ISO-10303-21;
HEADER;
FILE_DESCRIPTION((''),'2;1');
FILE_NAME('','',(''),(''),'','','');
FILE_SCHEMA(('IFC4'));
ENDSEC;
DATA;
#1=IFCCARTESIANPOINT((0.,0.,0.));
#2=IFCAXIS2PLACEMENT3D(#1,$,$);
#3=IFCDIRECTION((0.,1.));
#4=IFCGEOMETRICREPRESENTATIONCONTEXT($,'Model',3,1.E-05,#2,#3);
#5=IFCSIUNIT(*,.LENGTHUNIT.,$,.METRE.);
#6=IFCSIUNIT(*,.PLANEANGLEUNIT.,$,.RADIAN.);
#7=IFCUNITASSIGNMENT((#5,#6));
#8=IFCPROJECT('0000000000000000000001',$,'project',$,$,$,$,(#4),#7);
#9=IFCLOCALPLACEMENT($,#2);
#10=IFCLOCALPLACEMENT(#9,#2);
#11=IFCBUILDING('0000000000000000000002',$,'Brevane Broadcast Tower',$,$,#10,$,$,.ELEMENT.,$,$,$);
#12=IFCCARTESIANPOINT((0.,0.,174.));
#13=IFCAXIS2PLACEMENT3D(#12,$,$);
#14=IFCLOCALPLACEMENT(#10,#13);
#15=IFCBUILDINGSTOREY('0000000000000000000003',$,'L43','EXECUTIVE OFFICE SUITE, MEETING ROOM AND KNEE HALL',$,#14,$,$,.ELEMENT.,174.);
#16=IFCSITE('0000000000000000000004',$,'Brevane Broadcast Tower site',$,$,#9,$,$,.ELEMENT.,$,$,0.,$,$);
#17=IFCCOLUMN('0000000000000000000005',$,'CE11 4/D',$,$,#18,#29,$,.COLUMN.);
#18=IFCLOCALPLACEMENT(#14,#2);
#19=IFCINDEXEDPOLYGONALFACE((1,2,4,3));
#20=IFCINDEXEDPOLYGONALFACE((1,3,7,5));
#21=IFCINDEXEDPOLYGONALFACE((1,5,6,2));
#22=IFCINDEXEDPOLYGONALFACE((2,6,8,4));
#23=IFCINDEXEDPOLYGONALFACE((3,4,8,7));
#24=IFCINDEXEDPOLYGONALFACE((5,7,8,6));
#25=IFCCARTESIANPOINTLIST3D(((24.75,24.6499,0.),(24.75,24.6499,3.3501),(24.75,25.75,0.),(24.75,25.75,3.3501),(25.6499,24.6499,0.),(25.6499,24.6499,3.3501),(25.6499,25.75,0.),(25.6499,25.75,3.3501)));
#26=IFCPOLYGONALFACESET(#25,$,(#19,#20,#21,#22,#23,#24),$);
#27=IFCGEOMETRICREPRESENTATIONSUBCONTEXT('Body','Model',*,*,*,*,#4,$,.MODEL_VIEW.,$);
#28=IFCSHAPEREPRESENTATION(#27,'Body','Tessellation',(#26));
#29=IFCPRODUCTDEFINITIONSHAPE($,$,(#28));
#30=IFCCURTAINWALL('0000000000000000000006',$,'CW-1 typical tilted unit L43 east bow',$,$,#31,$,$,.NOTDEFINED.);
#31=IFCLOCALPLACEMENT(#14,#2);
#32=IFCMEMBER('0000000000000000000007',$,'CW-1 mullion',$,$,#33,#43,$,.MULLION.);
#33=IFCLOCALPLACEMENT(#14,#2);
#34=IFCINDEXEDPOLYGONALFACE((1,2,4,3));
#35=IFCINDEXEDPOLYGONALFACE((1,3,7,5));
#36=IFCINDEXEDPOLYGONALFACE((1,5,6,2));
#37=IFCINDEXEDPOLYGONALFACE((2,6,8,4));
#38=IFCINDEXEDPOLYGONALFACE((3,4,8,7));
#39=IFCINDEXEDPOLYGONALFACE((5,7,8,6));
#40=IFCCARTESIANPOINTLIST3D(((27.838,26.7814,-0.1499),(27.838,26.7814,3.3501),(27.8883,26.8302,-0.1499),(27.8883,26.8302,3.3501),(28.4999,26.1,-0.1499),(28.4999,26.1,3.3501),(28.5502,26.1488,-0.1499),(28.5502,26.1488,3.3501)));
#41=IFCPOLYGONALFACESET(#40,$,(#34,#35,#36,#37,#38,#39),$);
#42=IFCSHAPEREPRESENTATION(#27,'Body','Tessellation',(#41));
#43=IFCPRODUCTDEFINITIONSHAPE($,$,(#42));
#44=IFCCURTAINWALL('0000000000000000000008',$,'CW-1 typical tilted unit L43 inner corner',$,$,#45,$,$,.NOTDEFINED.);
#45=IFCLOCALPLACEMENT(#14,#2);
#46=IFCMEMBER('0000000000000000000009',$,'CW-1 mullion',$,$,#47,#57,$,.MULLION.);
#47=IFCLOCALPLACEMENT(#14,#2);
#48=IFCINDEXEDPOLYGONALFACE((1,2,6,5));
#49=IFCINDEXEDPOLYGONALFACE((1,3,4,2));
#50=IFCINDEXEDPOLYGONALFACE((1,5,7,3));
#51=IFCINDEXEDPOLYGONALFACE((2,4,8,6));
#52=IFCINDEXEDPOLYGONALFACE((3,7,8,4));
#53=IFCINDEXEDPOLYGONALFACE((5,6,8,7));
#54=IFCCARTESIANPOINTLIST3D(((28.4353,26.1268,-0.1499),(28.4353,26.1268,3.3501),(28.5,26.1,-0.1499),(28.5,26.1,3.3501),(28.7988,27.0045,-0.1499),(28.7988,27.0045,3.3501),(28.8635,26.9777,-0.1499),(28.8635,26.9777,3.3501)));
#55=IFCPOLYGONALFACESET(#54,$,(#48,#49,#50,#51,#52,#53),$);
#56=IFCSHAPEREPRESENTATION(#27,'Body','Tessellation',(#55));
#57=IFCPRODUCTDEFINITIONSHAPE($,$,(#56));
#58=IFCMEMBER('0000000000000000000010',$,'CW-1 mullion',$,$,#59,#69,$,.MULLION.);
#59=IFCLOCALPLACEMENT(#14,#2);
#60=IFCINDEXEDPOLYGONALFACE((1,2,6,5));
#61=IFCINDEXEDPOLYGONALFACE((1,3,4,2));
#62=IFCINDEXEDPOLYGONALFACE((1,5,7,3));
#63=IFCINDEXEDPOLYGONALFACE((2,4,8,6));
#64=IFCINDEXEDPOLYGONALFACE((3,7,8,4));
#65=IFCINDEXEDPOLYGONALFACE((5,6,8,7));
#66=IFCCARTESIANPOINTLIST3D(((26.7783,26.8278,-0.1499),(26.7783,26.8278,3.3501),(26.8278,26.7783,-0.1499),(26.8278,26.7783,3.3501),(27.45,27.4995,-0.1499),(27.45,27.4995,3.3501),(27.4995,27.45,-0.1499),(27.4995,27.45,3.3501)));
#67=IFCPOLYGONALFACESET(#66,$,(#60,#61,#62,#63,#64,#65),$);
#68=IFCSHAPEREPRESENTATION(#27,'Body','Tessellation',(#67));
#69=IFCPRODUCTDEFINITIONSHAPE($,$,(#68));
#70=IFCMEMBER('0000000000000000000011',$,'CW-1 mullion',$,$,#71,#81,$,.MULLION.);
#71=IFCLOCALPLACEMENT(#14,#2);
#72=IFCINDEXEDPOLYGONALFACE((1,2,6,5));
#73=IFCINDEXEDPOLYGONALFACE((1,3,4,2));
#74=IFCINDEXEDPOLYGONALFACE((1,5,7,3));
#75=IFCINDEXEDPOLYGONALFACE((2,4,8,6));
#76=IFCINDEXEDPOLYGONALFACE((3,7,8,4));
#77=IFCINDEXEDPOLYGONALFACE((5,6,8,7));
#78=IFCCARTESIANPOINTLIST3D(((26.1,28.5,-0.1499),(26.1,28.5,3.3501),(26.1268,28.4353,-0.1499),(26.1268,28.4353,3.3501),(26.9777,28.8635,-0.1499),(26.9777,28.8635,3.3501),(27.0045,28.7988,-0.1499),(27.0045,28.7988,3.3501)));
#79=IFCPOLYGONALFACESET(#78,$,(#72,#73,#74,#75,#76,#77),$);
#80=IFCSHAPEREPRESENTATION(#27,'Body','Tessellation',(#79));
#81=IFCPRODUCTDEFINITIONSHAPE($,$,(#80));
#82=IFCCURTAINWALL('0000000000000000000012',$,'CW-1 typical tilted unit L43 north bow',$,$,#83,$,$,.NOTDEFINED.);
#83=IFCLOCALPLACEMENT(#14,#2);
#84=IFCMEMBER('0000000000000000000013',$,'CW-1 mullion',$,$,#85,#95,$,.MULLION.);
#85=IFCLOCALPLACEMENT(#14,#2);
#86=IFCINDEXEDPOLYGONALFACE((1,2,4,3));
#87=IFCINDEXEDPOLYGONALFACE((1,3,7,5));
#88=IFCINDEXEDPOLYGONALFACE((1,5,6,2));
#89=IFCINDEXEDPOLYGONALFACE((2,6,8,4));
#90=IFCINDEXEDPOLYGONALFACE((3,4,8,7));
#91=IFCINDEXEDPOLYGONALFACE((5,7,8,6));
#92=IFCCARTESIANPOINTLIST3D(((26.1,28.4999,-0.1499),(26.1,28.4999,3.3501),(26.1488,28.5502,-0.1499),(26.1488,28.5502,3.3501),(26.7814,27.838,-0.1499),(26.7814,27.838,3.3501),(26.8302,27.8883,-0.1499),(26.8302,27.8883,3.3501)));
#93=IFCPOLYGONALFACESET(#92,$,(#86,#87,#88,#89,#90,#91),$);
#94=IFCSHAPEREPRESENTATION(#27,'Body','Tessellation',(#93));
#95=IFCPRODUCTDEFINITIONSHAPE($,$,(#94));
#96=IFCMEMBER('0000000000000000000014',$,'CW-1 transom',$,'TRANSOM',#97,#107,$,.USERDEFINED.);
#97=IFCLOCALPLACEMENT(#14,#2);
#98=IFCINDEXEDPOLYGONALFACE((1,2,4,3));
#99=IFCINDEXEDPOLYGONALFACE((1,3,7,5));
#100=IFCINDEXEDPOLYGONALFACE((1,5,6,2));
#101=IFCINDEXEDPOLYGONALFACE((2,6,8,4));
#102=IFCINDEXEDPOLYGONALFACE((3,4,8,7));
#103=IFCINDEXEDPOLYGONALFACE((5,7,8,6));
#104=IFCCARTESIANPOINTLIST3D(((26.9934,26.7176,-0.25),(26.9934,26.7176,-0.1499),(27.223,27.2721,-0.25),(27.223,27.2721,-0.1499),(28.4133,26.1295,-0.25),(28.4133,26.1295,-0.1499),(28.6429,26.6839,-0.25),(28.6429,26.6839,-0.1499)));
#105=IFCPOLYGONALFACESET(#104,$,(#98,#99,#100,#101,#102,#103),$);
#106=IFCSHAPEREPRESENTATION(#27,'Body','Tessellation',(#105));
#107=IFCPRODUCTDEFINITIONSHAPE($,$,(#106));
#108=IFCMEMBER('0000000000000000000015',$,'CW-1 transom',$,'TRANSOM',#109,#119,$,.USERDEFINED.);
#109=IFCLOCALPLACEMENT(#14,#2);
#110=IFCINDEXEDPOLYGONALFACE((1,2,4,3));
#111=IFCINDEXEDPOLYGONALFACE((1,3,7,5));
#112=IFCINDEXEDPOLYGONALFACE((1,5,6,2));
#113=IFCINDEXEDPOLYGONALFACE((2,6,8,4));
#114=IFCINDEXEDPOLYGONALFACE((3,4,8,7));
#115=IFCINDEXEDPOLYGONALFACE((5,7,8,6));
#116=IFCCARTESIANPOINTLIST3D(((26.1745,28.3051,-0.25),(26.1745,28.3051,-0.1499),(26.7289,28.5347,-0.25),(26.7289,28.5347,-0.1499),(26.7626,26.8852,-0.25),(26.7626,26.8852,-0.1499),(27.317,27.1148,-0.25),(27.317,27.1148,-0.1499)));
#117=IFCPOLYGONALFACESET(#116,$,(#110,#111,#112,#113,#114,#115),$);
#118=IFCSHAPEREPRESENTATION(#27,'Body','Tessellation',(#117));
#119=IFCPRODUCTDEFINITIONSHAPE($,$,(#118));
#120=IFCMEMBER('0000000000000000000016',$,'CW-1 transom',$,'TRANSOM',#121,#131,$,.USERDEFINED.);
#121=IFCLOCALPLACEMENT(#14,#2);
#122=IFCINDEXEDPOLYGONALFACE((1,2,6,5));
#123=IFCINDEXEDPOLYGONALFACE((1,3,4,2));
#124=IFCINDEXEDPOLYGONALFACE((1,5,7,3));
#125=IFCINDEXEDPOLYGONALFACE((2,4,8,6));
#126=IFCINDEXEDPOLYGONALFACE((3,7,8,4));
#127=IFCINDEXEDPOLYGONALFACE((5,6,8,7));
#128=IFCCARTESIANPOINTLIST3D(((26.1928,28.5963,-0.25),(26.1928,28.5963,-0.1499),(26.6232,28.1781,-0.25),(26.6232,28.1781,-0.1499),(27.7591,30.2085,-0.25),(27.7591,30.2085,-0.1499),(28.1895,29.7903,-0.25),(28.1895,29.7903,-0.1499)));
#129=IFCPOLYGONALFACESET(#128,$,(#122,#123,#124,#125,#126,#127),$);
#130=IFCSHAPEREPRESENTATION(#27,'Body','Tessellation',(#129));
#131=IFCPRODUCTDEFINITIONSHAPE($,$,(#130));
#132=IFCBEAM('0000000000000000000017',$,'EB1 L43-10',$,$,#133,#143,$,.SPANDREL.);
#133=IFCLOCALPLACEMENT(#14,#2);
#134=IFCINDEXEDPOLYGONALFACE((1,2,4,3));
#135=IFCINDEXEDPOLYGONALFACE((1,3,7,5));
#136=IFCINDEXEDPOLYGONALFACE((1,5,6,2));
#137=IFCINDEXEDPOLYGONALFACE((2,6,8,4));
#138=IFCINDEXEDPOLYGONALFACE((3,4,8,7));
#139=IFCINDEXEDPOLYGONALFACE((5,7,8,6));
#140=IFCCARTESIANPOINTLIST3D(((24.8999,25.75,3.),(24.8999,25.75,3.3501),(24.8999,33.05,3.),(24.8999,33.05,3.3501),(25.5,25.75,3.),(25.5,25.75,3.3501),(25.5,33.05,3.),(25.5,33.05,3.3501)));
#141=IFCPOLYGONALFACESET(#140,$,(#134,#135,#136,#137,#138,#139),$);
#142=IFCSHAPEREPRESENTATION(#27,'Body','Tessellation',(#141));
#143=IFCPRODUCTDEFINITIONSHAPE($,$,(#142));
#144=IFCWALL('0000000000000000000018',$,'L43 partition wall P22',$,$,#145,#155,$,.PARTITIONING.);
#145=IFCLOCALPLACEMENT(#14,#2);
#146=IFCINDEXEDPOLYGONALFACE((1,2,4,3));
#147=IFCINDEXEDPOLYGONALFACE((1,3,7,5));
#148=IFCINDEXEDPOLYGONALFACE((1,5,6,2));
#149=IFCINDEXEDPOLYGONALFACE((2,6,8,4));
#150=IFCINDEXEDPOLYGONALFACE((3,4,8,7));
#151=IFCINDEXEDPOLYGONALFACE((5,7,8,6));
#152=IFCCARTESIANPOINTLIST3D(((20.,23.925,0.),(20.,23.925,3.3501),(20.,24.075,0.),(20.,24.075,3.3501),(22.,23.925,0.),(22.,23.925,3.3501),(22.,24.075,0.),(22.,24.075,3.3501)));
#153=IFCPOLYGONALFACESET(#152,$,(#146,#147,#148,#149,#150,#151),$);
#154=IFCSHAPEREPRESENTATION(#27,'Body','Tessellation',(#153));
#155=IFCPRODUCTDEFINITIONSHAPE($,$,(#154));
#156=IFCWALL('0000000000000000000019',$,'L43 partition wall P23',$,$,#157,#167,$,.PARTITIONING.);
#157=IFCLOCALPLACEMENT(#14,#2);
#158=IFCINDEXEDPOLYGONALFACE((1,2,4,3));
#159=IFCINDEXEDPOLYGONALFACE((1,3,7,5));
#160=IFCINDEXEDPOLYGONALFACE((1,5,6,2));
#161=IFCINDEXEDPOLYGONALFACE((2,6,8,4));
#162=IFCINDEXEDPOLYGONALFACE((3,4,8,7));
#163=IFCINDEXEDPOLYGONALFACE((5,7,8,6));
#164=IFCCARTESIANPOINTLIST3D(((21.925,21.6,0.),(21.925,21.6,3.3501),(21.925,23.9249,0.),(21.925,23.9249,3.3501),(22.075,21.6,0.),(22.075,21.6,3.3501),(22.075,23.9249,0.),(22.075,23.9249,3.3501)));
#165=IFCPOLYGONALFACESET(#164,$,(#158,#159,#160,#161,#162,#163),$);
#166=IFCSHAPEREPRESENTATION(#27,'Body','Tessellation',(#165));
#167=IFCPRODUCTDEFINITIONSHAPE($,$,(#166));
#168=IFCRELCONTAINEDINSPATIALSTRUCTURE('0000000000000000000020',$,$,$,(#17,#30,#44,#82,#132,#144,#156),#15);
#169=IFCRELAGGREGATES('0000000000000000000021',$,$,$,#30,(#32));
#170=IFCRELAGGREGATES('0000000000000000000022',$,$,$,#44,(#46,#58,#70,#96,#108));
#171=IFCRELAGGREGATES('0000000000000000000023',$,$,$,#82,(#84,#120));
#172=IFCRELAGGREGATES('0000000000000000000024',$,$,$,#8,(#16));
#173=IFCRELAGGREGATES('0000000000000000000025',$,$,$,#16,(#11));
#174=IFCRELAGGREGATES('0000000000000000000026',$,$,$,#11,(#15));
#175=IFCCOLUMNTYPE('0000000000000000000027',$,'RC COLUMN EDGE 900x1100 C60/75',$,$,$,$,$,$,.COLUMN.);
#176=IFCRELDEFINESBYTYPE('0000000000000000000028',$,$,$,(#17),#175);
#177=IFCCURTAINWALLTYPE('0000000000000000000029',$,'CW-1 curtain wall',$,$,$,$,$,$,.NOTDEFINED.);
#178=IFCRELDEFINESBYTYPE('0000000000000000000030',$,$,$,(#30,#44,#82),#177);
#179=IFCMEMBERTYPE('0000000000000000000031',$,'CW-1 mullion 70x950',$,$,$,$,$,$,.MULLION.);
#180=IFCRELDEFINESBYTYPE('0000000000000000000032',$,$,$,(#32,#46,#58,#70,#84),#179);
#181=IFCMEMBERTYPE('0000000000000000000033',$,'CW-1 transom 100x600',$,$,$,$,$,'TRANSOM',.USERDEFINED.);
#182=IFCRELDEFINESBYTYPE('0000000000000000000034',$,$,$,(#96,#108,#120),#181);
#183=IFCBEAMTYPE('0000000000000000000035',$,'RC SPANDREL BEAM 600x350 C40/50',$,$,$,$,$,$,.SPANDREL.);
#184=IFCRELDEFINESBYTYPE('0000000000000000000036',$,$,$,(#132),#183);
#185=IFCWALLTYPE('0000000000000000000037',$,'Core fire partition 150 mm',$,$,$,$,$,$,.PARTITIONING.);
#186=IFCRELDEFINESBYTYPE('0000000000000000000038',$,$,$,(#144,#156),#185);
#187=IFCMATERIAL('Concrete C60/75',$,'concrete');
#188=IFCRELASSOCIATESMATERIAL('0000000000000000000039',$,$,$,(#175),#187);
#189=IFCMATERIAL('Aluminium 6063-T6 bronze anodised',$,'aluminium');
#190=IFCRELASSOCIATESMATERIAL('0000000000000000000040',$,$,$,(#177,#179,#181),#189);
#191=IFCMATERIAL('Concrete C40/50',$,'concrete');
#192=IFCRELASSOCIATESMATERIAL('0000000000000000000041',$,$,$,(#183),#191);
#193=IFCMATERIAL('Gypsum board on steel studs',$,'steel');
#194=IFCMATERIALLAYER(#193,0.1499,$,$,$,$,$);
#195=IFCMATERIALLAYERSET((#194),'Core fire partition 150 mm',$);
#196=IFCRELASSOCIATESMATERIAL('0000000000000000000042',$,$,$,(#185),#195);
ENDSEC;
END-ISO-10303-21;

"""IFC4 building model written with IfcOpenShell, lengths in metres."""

from ifc_helpers import new_model, si_unit, direction, frame, frame_2d, origin, origin_2d, place, context, subcontext, project, spatial, rectangle, extrude, material, layer, layer_set, material_profile, profile_set, type_object, element, aggregate, save


model = new_model("IFC4")

# Units and contexts
model_context = context("Model", 3, precision=1e-05, world=origin(), true_north=direction((0.0, 1.0)))
body_context = subcontext(model_context, "Body", "Model", "MODEL_VIEW")
ifc_project = project(units=[si_unit("LENGTHUNIT", "METRE"), si_unit("PLANEANGLEUNIT", "RADIAN")], contexts=[model_context])

# Site, building, storey
site_placement = place(None, origin())
site = spatial("IfcSite", under=ifc_project, at=site_placement, Name="Brevane Broadcast Tower site", CompositionType="ELEMENT", RefElevation=0.0)
building_placement = place(site_placement, origin())
building = spatial("IfcBuilding", under=site, at=building_placement, Name="Brevane Broadcast Tower", CompositionType="ELEMENT")
storey_placement = place(building_placement, frame((0.0, 0.0, 174.0)))
storey = spatial("IfcBuildingStorey", under=building, at=storey_placement, Name="L43", Description="EXECUTIVE OFFICE SUITE, MEETING ROOM AND KNEE HALL", CompositionType="ELEMENT", Elevation=174.0)

# Column
ifc_material_1 = material(Name="Concrete C60/75", Category="concrete")
ifc_material_profile_1 = material_profile(ifc_material_1, rectangle(XDim=0.8999, YDim=1.1001, at=origin_2d()), Name="RC 900x1100")
ifc_profile_set_1 = profile_set([ifc_material_profile_1], Name="Concrete C60/75")
column_type = type_object("IfcColumnType", Name="RC COLUMN EDGE 900x1100 C60/75", PredefinedType="COLUMN", material=ifc_profile_set_1)
column_placement = place(storey_placement, frame((25.2, 25.2, 0.0), z_axis=(0.0, 0.0, 1.0), x_axis=(1.0, 0.0, 0.0)))
element("IfcColumn", 1, at=column_placement, inside=storey, type_object=column_type, Name="CE11 4/D", PredefinedType="COLUMN", context=body_context, shape_type="SweptSolid", body=[
    extrude(rectangle(XDim=0.8999, YDim=1.1001, at=origin_2d()), origin(), (0.0, 0.0, 1.0), 3.3501),
])

# Curtain wall, member
ifc_material_2 = material(Name="Aluminium 6063-T6 bronze anodised", Category="aluminium")
curtain_wall_type = type_object("IfcCurtainWallType", Name="CW-1 curtain wall", PredefinedType="NOTDEFINED", material=ifc_material_2)
curtain_wall_1_placement = place(storey_placement, origin())
curtain_wall_1 = element("IfcCurtainWall", 2, at=curtain_wall_1_placement, inside=storey, type_object=curtain_wall_type, Name="CW-1 typical tilted unit L43 east bow", PredefinedType="NOTDEFINED")
ifc_material_profile_2 = material_profile(ifc_material_2, rectangle(XDim=0.95, YDim=0.0701, at=origin_2d()), Name="RECT 70x950")
ifc_profile_set_2 = profile_set([ifc_material_profile_2], Name="Aluminium 6063-T6 bronze anodised")
member_type_1 = type_object("IfcMemberType", Name="CW-1 mullion 70x950", PredefinedType="MULLION", material=ifc_profile_set_2)
member_1_placement = place(storey_placement, frame((28.1941, 26.4651, -0.1499), z_axis=(0.0, 0.0, 1.0), x_axis=(0.696812, -0.717254, 0.0)))
member_1 = element("IfcMember", 3, at=member_1_placement, type_object=member_type_1, Name="CW-1 mullion", PredefinedType="MULLION", context=body_context, shape_type="SweptSolid", body=[
    extrude(rectangle(XDim=0.95, YDim=0.0701, at=origin_2d()), origin(), (0.0, 0.0, 1.0), 3.5),
])
aggregate(curtain_wall_1, [member_1])

# Curtain wall, members
curtain_wall_2_placement = place(storey_placement, origin())
curtain_wall_2 = element("IfcCurtainWall", 4, at=curtain_wall_2_placement, inside=storey, type_object=curtain_wall_type, Name="CW-1 typical tilted unit L43 inner corner", PredefinedType="NOTDEFINED")
member_2_placement = place(storey_placement, frame((28.6494, 26.5522, -0.1499), z_axis=(0.0, 0.0, 1.0), x_axis=(-0.382683, -0.92388, 0.0)))
member_2 = element("IfcMember", 5, at=member_2_placement, type_object=member_type_1, Name="CW-1 mullion", PredefinedType="MULLION", context=body_context, shape_type="SweptSolid", body=[
    extrude(rectangle(XDim=0.95, YDim=0.0701, at=origin_2d()), origin(), (0.0, 0.0, 1.0), 3.5),
])
member_3_placement = place(storey_placement, frame((27.1389, 27.1389, -0.1499), z_axis=(0.0, 0.0, 1.0), x_axis=(-0.707107, -0.707107, 0.0)))
member_3 = element("IfcMember", 6, at=member_3_placement, type_object=member_type_1, Name="CW-1 mullion", PredefinedType="MULLION", context=body_context, shape_type="SweptSolid", body=[
    extrude(rectangle(XDim=0.95, YDim=0.0701, at=origin_2d()), origin(), (0.0, 0.0, 1.0), 3.5),
])
member_4_placement = place(storey_placement, frame((26.5522, 28.6494, -0.1499), z_axis=(0.0, 0.0, 1.0), x_axis=(-0.92388, -0.382683, 0.0)))
member_4 = element("IfcMember", 7, at=member_4_placement, type_object=member_type_1, Name="CW-1 mullion", PredefinedType="MULLION", context=body_context, shape_type="SweptSolid", body=[
    extrude(rectangle(XDim=0.95, YDim=0.0701, at=origin_2d()), origin(), (0.0, 0.0, 1.0), 3.5),
])

# Curtain wall, member
curtain_wall_3_placement = place(storey_placement, origin())
curtain_wall_3 = element("IfcCurtainWall", 8, at=curtain_wall_3_placement, inside=storey, type_object=curtain_wall_type, Name="CW-1 typical tilted unit L43 north bow", PredefinedType="NOTDEFINED")
member_5_placement = place(storey_placement, frame((26.4651, 28.1941, -0.1499), z_axis=(0.0, 0.0, 1.0), x_axis=(-0.717254, 0.696812, 0.0)))
member_5 = element("IfcMember", 9, at=member_5_placement, type_object=member_type_1, Name="CW-1 mullion", PredefinedType="MULLION", context=body_context, shape_type="SweptSolid", body=[
    extrude(rectangle(XDim=0.95, YDim=0.0701, at=origin_2d()), origin(), (0.0, 0.0, 1.0), 3.5),
])

# Members
ifc_material_profile_3 = material_profile(ifc_material_2, rectangle(XDim=0.6001, YDim=0.1001, at=origin_2d()), Name="RECT 100x600")
ifc_profile_set_3 = profile_set([ifc_material_profile_3], Name="Aluminium 6063-T6 bronze anodised")
member_type_2 = type_object("IfcMemberType", Name="CW-1 transom 100x600", ElementType="TRANSOM", PredefinedType="USERDEFINED", material=ifc_profile_set_3)
member_6_placement = place(storey_placement, frame((28.5281, 26.4067, -0.2), z_axis=(-0.923883, 0.382674, 0.0), x_axis=(-0.382674, -0.923883, 0.0)))
member_6 = element("IfcMember", 10, at=member_6_placement, type_object=member_type_2, Name="CW-1 transom", ObjectType="TRANSOM", PredefinedType="USERDEFINED", context=body_context, shape_type="SweptSolid", body=[
    extrude(rectangle(XDim=0.6001, YDim=0.1001, at=origin_2d()), origin(), (0.0, 0.0, 1.0), 1.5369),
])
member_7_placement = place(storey_placement, frame((27.0398, 27.0, -0.2), z_axis=(-0.382674, 0.923883, 0.0), x_axis=(-0.923883, -0.382674, 0.0)))
member_7 = element("IfcMember", 11, at=member_7_placement, type_object=member_type_2, Name="CW-1 transom", ObjectType="TRANSOM", PredefinedType="USERDEFINED", context=body_context, shape_type="SweptSolid", body=[
    extrude(rectangle(XDim=0.6001, YDim=0.1001, at=origin_2d()), origin(), (0.0, 0.0, 1.0), 1.5369),
])
aggregate(curtain_wall_2, [member_2, member_3, member_4, member_6, member_7])
member_8_placement = place(storey_placement, frame((26.408, 28.3872, -0.2), z_axis=(0.696824, 0.717242, 0.0), x_axis=(-0.717242, 0.696824, 0.0)))
member_8 = element("IfcMember", 12, at=member_8_placement, type_object=member_type_2, Name="CW-1 transom", ObjectType="TRANSOM", PredefinedType="USERDEFINED", context=body_context, shape_type="SweptSolid", body=[
    extrude(rectangle(XDim=0.6001, YDim=0.1001, at=origin_2d()), origin(), (0.0, 0.0, 1.0), 2.2478),
])
aggregate(curtain_wall_3, [member_5, member_8])

# Beam
ifc_material_3 = material(Name="Concrete C40/50", Category="concrete")
ifc_material_profile_4 = material_profile(ifc_material_3, rectangle(XDim=0.6001, YDim=0.3501, at=origin_2d()), Name="RC 600x350")
ifc_profile_set_4 = profile_set([ifc_material_profile_4], Name="Concrete C40/50")
beam_type = type_object("IfcBeamType", Name="RC SPANDREL BEAM 600x350 C40/50", PredefinedType="SPANDREL", material=ifc_profile_set_4)
beam_placement = place(storey_placement, frame((25.2, 25.75, 3.175), z_axis=(0.0, 1.0, 0.0), x_axis=(-1.0, 0.0, 0.0)))
element("IfcBeam", 13, at=beam_placement, inside=storey, type_object=beam_type, Name="EB1 L43-10", PredefinedType="SPANDREL", context=body_context, shape_type="SweptSolid", body=[
    extrude(rectangle(XDim=0.6001, YDim=0.3501, at=origin_2d()), origin(), (0.0, 0.0, 1.0), 7.3),
])

# Walls
ifc_material_4 = material(Name="Gypsum board on steel studs", Category="steel")
ifc_layer_1 = layer(ifc_material_4, 0.1499)
ifc_layer_set_1 = layer_set([ifc_layer_1], Name="Core fire partition 150 mm")
wall_type_1 = type_object("IfcWallType", Name="Core fire partition 150 mm", PredefinedType="PARTITIONING", material=ifc_layer_set_1)
wall_1_placement = place(storey_placement, frame((20.0, 24.0, 0.0), z_axis=(0.0, 0.0, 1.0), x_axis=(1.0, 0.0, 0.0)))
element("IfcWall", 14, at=wall_1_placement, inside=storey, type_object=wall_type_1, Name="L43 partition wall P22", PredefinedType="PARTITIONING", context=body_context, shape_type="SweptSolid", body=[
    extrude(rectangle(XDim=2.0, YDim=0.1499, at=frame_2d((1.0, 0.0))), origin(), (0.0, 0.0, 1.0), 3.3501),
])
wall_2_placement = place(storey_placement, frame((22.0, 23.925, 0.0), z_axis=(0.0, 0.0, 1.0), x_axis=(0.0, -1.0, 0.0)))
element("IfcWall", 15, at=wall_2_placement, inside=storey, type_object=wall_type_1, Name="L43 partition wall P23", PredefinedType="PARTITIONING", context=body_context, shape_type="SweptSolid", body=[
    extrude(rectangle(XDim=2.325, YDim=0.1499, at=frame_2d((1.1626, 0.0))), origin(), (0.0, 0.0, 1.0), 3.3501),
])

save(model, "model.ifc")
